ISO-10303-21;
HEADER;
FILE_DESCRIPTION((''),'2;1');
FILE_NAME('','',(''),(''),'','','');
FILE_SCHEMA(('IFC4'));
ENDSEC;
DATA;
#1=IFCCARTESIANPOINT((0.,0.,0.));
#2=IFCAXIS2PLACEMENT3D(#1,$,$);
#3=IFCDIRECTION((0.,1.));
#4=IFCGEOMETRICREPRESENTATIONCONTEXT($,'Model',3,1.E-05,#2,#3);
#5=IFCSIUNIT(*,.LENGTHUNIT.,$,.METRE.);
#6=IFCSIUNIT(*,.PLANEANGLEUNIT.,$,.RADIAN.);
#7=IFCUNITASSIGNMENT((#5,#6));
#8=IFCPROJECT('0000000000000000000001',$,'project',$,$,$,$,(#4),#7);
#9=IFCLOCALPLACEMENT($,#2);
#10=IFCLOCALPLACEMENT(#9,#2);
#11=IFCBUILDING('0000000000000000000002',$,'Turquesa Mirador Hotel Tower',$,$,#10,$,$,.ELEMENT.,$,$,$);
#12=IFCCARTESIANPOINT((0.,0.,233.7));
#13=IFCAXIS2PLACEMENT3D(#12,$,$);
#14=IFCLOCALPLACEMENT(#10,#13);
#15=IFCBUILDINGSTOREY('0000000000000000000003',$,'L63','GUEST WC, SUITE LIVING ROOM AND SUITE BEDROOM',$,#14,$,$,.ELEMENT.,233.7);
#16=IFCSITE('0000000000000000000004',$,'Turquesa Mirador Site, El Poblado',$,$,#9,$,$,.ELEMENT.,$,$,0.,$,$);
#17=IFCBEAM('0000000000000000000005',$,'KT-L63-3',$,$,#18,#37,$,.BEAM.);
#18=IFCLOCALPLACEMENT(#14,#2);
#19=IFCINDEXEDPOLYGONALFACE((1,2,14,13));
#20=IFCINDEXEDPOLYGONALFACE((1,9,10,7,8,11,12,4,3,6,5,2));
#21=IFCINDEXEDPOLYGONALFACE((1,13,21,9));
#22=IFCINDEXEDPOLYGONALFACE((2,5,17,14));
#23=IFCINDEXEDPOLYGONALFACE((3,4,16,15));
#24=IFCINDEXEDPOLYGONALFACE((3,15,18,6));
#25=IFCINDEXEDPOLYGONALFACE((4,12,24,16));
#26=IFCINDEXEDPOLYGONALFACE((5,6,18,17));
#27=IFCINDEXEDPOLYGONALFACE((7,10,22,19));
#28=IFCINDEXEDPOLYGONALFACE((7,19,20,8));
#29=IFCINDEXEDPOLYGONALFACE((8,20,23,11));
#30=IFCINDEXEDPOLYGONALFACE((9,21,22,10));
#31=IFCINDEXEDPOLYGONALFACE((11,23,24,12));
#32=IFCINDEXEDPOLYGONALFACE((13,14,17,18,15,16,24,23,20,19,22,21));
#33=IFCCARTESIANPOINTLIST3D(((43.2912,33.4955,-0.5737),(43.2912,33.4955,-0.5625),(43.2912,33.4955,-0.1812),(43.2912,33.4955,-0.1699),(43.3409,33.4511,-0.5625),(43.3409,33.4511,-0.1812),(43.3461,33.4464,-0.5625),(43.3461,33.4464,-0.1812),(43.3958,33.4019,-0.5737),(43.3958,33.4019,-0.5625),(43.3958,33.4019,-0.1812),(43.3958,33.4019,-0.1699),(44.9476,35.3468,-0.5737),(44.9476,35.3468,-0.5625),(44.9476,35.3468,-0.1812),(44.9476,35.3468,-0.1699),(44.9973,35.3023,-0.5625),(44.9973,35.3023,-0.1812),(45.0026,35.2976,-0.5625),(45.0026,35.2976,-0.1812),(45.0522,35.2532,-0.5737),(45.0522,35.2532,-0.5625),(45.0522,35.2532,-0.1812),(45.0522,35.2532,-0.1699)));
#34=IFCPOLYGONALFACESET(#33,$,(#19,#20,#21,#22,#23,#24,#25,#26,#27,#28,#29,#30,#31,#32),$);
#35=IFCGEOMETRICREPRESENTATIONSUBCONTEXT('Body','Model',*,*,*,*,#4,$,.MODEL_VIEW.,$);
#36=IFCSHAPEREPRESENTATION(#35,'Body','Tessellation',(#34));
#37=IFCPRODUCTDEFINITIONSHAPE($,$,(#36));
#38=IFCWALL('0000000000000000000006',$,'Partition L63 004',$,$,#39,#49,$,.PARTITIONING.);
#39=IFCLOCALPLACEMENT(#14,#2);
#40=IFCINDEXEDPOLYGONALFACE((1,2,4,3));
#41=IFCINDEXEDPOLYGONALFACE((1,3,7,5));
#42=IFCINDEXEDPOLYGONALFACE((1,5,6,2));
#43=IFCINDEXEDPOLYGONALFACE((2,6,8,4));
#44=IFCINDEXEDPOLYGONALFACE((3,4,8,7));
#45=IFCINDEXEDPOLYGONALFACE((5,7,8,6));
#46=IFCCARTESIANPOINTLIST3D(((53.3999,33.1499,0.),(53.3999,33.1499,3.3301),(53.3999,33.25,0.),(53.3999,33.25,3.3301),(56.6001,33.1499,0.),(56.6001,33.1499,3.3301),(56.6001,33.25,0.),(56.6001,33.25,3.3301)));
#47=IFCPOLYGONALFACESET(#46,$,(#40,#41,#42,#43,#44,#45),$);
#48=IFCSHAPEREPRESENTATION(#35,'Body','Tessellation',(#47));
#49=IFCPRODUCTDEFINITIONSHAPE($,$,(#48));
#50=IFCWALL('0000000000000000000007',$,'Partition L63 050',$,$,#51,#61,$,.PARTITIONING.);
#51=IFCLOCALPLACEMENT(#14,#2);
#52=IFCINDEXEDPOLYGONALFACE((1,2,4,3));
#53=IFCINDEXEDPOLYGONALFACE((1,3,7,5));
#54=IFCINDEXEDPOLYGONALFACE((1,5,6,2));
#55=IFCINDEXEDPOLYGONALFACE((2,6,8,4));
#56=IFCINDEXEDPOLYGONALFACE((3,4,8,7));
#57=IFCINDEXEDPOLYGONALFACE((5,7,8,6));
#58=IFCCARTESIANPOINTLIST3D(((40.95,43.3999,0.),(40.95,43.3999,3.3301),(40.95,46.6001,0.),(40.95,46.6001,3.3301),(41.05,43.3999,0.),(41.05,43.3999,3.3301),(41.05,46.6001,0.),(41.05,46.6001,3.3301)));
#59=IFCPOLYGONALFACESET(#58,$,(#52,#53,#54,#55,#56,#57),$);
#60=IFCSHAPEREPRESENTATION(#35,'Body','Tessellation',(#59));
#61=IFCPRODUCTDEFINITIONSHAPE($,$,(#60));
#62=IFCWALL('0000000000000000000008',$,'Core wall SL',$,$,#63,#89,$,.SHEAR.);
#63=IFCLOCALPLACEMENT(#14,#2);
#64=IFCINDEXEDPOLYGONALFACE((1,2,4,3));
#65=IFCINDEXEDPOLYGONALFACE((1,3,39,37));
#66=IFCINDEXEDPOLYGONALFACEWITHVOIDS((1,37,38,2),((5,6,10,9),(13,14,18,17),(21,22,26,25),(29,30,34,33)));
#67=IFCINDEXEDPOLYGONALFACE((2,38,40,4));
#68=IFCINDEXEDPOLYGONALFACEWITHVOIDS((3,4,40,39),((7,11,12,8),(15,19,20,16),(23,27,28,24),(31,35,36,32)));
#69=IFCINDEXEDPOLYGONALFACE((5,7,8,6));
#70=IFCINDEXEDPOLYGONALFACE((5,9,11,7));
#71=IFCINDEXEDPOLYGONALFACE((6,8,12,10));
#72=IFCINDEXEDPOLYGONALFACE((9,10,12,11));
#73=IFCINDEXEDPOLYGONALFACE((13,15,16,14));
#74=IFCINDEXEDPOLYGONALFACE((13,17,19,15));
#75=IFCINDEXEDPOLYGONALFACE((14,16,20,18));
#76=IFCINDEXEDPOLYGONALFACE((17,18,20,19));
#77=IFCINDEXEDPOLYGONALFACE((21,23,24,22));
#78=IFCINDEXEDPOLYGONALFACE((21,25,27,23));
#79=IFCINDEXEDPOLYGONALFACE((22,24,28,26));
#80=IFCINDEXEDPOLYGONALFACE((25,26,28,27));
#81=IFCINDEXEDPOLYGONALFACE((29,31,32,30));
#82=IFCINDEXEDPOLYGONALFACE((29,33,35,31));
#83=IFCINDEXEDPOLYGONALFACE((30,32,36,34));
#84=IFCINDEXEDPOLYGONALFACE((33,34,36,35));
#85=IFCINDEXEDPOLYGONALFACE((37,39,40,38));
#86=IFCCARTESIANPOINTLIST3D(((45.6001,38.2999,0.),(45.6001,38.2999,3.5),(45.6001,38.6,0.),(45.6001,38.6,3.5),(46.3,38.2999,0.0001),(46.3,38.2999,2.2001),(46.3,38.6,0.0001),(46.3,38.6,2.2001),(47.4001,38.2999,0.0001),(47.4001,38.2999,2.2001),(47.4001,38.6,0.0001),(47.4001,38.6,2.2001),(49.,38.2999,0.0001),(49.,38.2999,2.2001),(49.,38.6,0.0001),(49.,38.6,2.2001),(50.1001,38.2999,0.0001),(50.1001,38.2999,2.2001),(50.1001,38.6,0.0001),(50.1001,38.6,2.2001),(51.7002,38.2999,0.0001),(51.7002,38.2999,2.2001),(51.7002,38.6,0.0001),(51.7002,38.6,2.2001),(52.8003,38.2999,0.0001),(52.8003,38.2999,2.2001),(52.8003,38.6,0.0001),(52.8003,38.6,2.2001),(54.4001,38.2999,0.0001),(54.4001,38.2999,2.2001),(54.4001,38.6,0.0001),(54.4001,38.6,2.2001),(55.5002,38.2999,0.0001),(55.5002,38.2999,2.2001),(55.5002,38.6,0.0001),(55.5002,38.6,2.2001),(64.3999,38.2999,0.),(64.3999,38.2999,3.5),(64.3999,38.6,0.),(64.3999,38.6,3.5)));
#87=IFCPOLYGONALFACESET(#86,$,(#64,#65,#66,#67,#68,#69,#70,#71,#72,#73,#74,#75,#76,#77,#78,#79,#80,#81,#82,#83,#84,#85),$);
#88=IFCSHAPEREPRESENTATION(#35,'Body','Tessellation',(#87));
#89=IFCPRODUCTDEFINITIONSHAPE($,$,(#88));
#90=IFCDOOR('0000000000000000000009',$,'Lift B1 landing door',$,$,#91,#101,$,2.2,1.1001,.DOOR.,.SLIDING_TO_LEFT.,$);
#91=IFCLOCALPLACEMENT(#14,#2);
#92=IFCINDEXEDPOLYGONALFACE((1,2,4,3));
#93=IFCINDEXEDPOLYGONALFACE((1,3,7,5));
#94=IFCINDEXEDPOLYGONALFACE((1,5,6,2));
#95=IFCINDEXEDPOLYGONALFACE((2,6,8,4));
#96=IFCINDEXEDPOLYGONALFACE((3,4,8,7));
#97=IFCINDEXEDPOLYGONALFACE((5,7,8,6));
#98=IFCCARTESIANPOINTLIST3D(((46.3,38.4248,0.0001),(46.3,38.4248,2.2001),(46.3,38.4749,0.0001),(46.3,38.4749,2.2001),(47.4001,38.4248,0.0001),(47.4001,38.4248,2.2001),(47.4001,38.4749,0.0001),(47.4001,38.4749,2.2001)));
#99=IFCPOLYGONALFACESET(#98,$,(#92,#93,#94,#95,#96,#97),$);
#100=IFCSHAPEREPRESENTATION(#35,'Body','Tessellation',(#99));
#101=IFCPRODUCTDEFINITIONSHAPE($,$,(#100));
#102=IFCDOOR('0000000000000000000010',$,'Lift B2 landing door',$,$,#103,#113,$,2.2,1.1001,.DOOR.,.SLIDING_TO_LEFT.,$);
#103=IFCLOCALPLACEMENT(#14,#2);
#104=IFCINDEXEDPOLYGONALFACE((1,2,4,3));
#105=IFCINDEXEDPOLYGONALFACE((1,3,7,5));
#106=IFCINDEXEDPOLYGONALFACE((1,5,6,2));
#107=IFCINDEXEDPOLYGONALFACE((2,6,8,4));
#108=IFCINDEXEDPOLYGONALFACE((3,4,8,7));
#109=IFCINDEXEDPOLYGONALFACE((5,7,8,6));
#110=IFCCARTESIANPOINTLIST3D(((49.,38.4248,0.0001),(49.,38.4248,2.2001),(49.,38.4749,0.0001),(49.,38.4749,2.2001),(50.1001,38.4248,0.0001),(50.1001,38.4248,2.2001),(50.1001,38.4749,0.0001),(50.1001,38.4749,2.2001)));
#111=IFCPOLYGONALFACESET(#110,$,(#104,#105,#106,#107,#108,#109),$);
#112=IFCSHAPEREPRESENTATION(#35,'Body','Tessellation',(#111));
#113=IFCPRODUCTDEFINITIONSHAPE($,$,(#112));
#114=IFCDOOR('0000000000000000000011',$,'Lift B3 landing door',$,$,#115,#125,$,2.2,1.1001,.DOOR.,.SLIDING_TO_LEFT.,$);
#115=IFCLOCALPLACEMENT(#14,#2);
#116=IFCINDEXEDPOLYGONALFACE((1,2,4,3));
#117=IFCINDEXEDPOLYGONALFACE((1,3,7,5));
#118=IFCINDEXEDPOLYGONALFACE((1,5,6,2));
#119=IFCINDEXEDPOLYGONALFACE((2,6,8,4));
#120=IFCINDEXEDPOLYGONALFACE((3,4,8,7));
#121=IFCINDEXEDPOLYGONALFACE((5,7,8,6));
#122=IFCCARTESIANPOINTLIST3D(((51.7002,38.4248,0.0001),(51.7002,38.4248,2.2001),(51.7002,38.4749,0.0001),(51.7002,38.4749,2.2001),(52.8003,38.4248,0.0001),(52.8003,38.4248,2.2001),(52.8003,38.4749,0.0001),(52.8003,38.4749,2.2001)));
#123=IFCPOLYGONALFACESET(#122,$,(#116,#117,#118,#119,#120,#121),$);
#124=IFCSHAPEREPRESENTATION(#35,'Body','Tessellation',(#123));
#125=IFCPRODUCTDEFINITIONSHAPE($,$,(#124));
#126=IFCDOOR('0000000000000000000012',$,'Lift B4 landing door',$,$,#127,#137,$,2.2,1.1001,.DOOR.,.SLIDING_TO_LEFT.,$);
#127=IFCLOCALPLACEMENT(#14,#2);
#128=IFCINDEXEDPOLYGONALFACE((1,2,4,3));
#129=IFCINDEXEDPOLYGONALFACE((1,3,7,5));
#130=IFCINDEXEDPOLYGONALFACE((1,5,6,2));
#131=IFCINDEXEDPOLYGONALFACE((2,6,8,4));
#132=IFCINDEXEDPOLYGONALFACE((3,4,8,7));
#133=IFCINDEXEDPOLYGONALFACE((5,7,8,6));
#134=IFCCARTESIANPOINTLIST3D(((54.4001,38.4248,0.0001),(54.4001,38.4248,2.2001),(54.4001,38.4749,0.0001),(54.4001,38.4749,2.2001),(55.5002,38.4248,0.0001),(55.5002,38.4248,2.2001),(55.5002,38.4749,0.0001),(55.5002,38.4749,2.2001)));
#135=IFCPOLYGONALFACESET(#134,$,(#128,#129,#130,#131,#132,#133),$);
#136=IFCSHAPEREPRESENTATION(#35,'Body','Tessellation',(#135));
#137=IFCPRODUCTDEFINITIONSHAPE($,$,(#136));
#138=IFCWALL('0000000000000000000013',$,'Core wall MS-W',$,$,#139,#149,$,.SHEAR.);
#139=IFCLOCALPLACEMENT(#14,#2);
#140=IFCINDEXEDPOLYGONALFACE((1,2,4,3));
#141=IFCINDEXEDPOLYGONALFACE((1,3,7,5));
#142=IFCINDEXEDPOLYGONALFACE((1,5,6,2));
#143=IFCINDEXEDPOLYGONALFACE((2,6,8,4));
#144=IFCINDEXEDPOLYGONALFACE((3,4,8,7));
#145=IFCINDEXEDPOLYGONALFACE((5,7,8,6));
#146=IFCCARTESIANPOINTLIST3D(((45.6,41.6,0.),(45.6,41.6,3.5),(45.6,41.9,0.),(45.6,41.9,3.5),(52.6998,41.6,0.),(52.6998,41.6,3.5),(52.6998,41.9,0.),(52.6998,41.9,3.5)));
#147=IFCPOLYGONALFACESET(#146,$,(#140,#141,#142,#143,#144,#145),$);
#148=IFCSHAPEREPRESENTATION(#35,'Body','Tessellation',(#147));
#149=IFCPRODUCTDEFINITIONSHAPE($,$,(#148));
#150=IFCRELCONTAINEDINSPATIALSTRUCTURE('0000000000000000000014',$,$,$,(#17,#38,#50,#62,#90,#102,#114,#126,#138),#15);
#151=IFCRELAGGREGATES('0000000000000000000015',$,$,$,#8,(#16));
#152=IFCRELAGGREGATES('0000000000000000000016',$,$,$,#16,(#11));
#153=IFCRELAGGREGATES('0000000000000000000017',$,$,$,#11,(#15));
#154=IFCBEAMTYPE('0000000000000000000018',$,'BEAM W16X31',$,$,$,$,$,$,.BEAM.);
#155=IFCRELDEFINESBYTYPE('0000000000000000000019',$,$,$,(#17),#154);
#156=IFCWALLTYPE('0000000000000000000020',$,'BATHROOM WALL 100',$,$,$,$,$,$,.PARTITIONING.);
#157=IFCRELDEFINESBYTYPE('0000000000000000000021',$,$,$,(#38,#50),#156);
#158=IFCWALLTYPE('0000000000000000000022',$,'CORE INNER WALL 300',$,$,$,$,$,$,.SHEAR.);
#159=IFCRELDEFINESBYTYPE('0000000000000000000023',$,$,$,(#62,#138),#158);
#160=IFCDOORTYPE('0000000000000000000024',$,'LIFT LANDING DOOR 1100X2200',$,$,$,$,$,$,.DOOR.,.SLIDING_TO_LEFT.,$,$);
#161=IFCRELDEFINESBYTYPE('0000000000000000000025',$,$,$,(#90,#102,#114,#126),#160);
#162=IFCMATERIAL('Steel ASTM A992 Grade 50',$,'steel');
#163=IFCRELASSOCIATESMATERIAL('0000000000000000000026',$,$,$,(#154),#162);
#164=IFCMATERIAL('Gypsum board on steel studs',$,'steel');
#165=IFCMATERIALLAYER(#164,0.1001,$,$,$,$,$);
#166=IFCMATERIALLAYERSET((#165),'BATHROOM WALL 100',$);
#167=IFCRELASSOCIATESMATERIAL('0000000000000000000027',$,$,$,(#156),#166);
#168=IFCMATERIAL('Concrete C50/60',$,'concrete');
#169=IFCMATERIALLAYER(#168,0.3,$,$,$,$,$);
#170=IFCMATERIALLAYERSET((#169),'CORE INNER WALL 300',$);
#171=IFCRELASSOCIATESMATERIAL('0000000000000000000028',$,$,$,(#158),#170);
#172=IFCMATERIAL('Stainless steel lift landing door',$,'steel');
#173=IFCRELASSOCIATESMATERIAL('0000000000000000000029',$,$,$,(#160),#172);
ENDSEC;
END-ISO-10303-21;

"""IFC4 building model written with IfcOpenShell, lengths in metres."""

from ifc_helpers import new_model, si_unit, direction, frame, frame_2d, origin, origin_2d, place, context, subcontext, project, spatial, rectangle, i_section, extrude, material, layer, layer_set, material_profile, profile_set, type_object, element, fill, save


model = new_model("IFC4")

# Units and contexts
model_context = context("Model", 3, precision=1e-05, world=origin(), true_north=direction((0.0, 1.0)))
body_context = subcontext(model_context, "Body", "Model", "MODEL_VIEW")
ifc_project = project(units=[si_unit("LENGTHUNIT", "METRE"), si_unit("PLANEANGLEUNIT", "RADIAN")], contexts=[model_context])

# Site, building, storey
site_placement = place(None, origin())
site = spatial("IfcSite", under=ifc_project, at=site_placement, Name="Turquesa Mirador Site, El Poblado", CompositionType="ELEMENT", RefElevation=0.0)
building_placement = place(site_placement, origin())
building = spatial("IfcBuilding", under=site, at=building_placement, Name="Turquesa Mirador Hotel Tower", CompositionType="ELEMENT")
storey_placement = place(building_placement, frame((0.0, 0.0, 233.7)))
storey = spatial("IfcBuildingStorey", under=building, at=storey_placement, Name="L63", Description="GUEST WC, SUITE LIVING ROOM AND SUITE BEDROOM", CompositionType="ELEMENT", Elevation=233.7)

# Beam
ifc_material_1 = material(Name="Steel ASTM A992 Grade 50", Category="steel")
ifc_material_profile = material_profile(ifc_material_1, i_section(OverallWidth=0.1404, OverallDepth=0.4038, WebThickness=0.0071, FlangeThickness=0.0112, at=origin_2d()), Name="W16X31")
ifc_profile_set = profile_set([ifc_material_profile], Name="Steel ASTM A992 Grade 50")
beam_type = type_object("IfcBeamType", Name="BEAM W16X31", PredefinedType="BEAM", material=ifc_profile_set)
beam_placement = place(storey_placement, frame((43.3435, 33.4487, -0.3718), z_axis=(0.666806, 0.745231, 0.0), x_axis=(-0.745231, 0.666806, 0.0)))
element("IfcBeam", 1, at=beam_placement, inside=storey, type_object=beam_type, Name="KT-L63-3", PredefinedType="BEAM", context=body_context, shape_type="SweptSolid", body=[
    extrude(i_section(OverallWidth=0.1404, OverallDepth=0.4038, WebThickness=0.0071, FlangeThickness=0.0112, at=origin_2d()), origin(), (0.0, 0.0, 1.0), 2.4841),
])

# Walls
ifc_material_2 = material(Name="Gypsum board on steel studs", Category="steel")
ifc_layer_1 = layer(ifc_material_2, 0.1001)
ifc_layer_set_1 = layer_set([ifc_layer_1], Name="BATHROOM WALL 100")
wall_type_1 = type_object("IfcWallType", Name="BATHROOM WALL 100", PredefinedType="PARTITIONING", material=ifc_layer_set_1)
for number, where, z_axis, x_axis, name in (
    (2, (53.3999, 33.2, 0.0), (0.0, 0.0, 1.0), (1.0, 0.0, 0.0), "Partition L63 004"),
    (3, (41.0, 43.3999, 0.0), (0.0, 0.0, 1.0), (0.0, 1.0, 0.0), "Partition L63 050"),
):
    element("IfcWall", number, at=place(storey_placement, frame(where, z_axis=z_axis, x_axis=x_axis)), inside=storey, type_object=wall_type_1, Name=name, PredefinedType="PARTITIONING", context=body_context, shape_type="SweptSolid", body=[
        extrude(rectangle(XDim=3.2002, YDim=0.1001, at=frame_2d((1.6001, 0.0))), origin(), (0.0, 0.0, 1.0), 3.3301),
    ])

# Wall, openings, doors
ifc_material_3 = material(Name="Concrete C50/60", Category="concrete")
ifc_layer_2 = layer(ifc_material_3, 0.3)
ifc_layer_set_2 = layer_set([ifc_layer_2], Name="CORE INNER WALL 300")
wall_type_2 = type_object("IfcWallType", Name="CORE INNER WALL 300", PredefinedType="SHEAR", material=ifc_layer_set_2)
wall_1_placement = place(storey_placement, frame((45.6001, 38.45, 0.0), z_axis=(0.0, 0.0, 1.0), x_axis=(1.0, 0.0, 0.0)))
wall_1 = element("IfcWall", 4, at=wall_1_placement, inside=storey, type_object=wall_type_2, Name="Core wall SL", PredefinedType="SHEAR", context=body_context, shape_type="SweptSolid", body=[
    extrude(rectangle(XDim=18.7998, YDim=0.3, at=frame_2d((9.3999, 0.0))), origin(), (0.0, 0.0, 1.0), 3.5),
])
opening_1_placement = place(wall_1_placement, frame((0.7, 0.0, 0.0)))
opening_1 = element("IfcOpeningElement", 5, at=opening_1_placement, cuts=wall_1, PredefinedType="OPENING", context=body_context, shape_type="SweptSolid", body=[
    extrude(rectangle(XDim=1.1001, YDim=2.2, at=frame_2d((0.55, 1.1001))), frame((0.0, 0.1599, 0.0), z_axis=(0.0, -1.0, 0.0), x_axis=(1.0, 0.0, 0.0)), (0.0, 0.0, 1.0), 0.3201),
])
opening_2_placement = place(wall_1_placement, frame((3.3999, 0.0, 0.0)))
opening_2 = element("IfcOpeningElement", 6, at=opening_2_placement, cuts=wall_1, PredefinedType="OPENING", context=body_context, shape_type="SweptSolid", body=[
    extrude(rectangle(XDim=1.1001, YDim=2.2, at=frame_2d((0.55, 1.1001))), frame((0.0, 0.1599, 0.0), z_axis=(0.0, -1.0, 0.0), x_axis=(1.0, 0.0, 0.0)), (0.0, 0.0, 1.0), 0.3201),
])
opening_3_placement = place(wall_1_placement, frame((6.1001, 0.0, 0.0)))
opening_3 = element("IfcOpeningElement", 7, at=opening_3_placement, cuts=wall_1, PredefinedType="OPENING", context=body_context, shape_type="SweptSolid", body=[
    extrude(rectangle(XDim=1.1001, YDim=2.2, at=frame_2d((0.55, 1.1001))), frame((0.0, 0.1599, 0.0), z_axis=(0.0, -1.0, 0.0), x_axis=(1.0, 0.0, 0.0)), (0.0, 0.0, 1.0), 0.3201),
])
opening_4_placement = place(wall_1_placement, frame((8.8, 0.0, 0.0)))
opening_4 = element("IfcOpeningElement", 8, at=opening_4_placement, cuts=wall_1, PredefinedType="OPENING", context=body_context, shape_type="SweptSolid", body=[
    extrude(rectangle(XDim=1.1001, YDim=2.2, at=frame_2d((0.55, 1.1001))), frame((0.0, 0.1599, 0.0), z_axis=(0.0, -1.0, 0.0), x_axis=(1.0, 0.0, 0.0)), (0.0, 0.0, 1.0), 0.3201),
])
ifc_material_4 = material(Name="Stainless steel lift landing door", Category="steel")
door_type_1 = type_object("IfcDoorType", Name="LIFT LANDING DOOR 1100X2200", OperationType="SLIDING_TO_LEFT", PredefinedType="DOOR", material=ifc_material_4)
door_1_placement = place(opening_1_placement, origin())
door_1 = element("IfcDoor", 9, at=door_1_placement, inside=storey, type_object=door_type_1, Name="Lift B1 landing door", OperationType="SLIDING_TO_LEFT", OverallHeight=2.2, OverallWidth=1.1001, PredefinedType="DOOR", context=body_context, shape_type="SweptSolid", body=[
    extrude(rectangle(XDim=1.1001, YDim=2.2, at=frame_2d((0.55, 1.1001))), frame((0.0, 0.0249, 0.0), z_axis=(0.0, -1.0, 0.0), x_axis=(1.0, 0.0, 0.0)), (0.0, 0.0, 1.0), 0.05),
])
fill(opening_1, door_1)
door_2_placement = place(opening_2_placement, origin())
door_2 = element("IfcDoor", 10, at=door_2_placement, inside=storey, type_object=door_type_1, Name="Lift B2 landing door", OperationType="SLIDING_TO_LEFT", OverallHeight=2.2, OverallWidth=1.1001, PredefinedType="DOOR", context=body_context, shape_type="SweptSolid", body=[
    extrude(rectangle(XDim=1.1001, YDim=2.2, at=frame_2d((0.55, 1.1001))), frame((0.0, 0.0249, 0.0), z_axis=(0.0, -1.0, 0.0), x_axis=(1.0, 0.0, 0.0)), (0.0, 0.0, 1.0), 0.05),
])
fill(opening_2, door_2)
door_3_placement = place(opening_3_placement, origin())
door_3 = element("IfcDoor", 11, at=door_3_placement, inside=storey, type_object=door_type_1, Name="Lift B3 landing door", OperationType="SLIDING_TO_LEFT", OverallHeight=2.2, OverallWidth=1.1001, PredefinedType="DOOR", context=body_context, shape_type="SweptSolid", body=[
    extrude(rectangle(XDim=1.1001, YDim=2.2, at=frame_2d((0.55, 1.1001))), frame((0.0, 0.0249, 0.0), z_axis=(0.0, -1.0, 0.0), x_axis=(1.0, 0.0, 0.0)), (0.0, 0.0, 1.0), 0.05),
])
fill(opening_3, door_3)
door_4_placement = place(opening_4_placement, origin())
door_4 = element("IfcDoor", 12, at=door_4_placement, inside=storey, type_object=door_type_1, Name="Lift B4 landing door", OperationType="SLIDING_TO_LEFT", OverallHeight=2.2, OverallWidth=1.1001, PredefinedType="DOOR", context=body_context, shape_type="SweptSolid", body=[
    extrude(rectangle(XDim=1.1001, YDim=2.2, at=frame_2d((0.55, 1.1001))), frame((0.0, 0.0249, 0.0), z_axis=(0.0, -1.0, 0.0), x_axis=(1.0, 0.0, 0.0)), (0.0, 0.0, 1.0), 0.05),
])
fill(opening_4, door_4)

# Wall
wall_2_placement = place(storey_placement, frame((45.6001, 41.75, 0.0), z_axis=(0.0, 0.0, 1.0), x_axis=(1.0, 0.0, 0.0)))
element("IfcWall", 13, at=wall_2_placement, inside=storey, type_object=wall_type_2, Name="Core wall MS-W", PredefinedType="SHEAR", context=body_context, shape_type="SweptSolid", body=[
    extrude(rectangle(XDim=7.0999, YDim=0.3, at=frame_2d((3.5498, 0.0))), origin(), (0.0, 0.0, 1.0), 3.5),
])

save(model, "model.ifc")
